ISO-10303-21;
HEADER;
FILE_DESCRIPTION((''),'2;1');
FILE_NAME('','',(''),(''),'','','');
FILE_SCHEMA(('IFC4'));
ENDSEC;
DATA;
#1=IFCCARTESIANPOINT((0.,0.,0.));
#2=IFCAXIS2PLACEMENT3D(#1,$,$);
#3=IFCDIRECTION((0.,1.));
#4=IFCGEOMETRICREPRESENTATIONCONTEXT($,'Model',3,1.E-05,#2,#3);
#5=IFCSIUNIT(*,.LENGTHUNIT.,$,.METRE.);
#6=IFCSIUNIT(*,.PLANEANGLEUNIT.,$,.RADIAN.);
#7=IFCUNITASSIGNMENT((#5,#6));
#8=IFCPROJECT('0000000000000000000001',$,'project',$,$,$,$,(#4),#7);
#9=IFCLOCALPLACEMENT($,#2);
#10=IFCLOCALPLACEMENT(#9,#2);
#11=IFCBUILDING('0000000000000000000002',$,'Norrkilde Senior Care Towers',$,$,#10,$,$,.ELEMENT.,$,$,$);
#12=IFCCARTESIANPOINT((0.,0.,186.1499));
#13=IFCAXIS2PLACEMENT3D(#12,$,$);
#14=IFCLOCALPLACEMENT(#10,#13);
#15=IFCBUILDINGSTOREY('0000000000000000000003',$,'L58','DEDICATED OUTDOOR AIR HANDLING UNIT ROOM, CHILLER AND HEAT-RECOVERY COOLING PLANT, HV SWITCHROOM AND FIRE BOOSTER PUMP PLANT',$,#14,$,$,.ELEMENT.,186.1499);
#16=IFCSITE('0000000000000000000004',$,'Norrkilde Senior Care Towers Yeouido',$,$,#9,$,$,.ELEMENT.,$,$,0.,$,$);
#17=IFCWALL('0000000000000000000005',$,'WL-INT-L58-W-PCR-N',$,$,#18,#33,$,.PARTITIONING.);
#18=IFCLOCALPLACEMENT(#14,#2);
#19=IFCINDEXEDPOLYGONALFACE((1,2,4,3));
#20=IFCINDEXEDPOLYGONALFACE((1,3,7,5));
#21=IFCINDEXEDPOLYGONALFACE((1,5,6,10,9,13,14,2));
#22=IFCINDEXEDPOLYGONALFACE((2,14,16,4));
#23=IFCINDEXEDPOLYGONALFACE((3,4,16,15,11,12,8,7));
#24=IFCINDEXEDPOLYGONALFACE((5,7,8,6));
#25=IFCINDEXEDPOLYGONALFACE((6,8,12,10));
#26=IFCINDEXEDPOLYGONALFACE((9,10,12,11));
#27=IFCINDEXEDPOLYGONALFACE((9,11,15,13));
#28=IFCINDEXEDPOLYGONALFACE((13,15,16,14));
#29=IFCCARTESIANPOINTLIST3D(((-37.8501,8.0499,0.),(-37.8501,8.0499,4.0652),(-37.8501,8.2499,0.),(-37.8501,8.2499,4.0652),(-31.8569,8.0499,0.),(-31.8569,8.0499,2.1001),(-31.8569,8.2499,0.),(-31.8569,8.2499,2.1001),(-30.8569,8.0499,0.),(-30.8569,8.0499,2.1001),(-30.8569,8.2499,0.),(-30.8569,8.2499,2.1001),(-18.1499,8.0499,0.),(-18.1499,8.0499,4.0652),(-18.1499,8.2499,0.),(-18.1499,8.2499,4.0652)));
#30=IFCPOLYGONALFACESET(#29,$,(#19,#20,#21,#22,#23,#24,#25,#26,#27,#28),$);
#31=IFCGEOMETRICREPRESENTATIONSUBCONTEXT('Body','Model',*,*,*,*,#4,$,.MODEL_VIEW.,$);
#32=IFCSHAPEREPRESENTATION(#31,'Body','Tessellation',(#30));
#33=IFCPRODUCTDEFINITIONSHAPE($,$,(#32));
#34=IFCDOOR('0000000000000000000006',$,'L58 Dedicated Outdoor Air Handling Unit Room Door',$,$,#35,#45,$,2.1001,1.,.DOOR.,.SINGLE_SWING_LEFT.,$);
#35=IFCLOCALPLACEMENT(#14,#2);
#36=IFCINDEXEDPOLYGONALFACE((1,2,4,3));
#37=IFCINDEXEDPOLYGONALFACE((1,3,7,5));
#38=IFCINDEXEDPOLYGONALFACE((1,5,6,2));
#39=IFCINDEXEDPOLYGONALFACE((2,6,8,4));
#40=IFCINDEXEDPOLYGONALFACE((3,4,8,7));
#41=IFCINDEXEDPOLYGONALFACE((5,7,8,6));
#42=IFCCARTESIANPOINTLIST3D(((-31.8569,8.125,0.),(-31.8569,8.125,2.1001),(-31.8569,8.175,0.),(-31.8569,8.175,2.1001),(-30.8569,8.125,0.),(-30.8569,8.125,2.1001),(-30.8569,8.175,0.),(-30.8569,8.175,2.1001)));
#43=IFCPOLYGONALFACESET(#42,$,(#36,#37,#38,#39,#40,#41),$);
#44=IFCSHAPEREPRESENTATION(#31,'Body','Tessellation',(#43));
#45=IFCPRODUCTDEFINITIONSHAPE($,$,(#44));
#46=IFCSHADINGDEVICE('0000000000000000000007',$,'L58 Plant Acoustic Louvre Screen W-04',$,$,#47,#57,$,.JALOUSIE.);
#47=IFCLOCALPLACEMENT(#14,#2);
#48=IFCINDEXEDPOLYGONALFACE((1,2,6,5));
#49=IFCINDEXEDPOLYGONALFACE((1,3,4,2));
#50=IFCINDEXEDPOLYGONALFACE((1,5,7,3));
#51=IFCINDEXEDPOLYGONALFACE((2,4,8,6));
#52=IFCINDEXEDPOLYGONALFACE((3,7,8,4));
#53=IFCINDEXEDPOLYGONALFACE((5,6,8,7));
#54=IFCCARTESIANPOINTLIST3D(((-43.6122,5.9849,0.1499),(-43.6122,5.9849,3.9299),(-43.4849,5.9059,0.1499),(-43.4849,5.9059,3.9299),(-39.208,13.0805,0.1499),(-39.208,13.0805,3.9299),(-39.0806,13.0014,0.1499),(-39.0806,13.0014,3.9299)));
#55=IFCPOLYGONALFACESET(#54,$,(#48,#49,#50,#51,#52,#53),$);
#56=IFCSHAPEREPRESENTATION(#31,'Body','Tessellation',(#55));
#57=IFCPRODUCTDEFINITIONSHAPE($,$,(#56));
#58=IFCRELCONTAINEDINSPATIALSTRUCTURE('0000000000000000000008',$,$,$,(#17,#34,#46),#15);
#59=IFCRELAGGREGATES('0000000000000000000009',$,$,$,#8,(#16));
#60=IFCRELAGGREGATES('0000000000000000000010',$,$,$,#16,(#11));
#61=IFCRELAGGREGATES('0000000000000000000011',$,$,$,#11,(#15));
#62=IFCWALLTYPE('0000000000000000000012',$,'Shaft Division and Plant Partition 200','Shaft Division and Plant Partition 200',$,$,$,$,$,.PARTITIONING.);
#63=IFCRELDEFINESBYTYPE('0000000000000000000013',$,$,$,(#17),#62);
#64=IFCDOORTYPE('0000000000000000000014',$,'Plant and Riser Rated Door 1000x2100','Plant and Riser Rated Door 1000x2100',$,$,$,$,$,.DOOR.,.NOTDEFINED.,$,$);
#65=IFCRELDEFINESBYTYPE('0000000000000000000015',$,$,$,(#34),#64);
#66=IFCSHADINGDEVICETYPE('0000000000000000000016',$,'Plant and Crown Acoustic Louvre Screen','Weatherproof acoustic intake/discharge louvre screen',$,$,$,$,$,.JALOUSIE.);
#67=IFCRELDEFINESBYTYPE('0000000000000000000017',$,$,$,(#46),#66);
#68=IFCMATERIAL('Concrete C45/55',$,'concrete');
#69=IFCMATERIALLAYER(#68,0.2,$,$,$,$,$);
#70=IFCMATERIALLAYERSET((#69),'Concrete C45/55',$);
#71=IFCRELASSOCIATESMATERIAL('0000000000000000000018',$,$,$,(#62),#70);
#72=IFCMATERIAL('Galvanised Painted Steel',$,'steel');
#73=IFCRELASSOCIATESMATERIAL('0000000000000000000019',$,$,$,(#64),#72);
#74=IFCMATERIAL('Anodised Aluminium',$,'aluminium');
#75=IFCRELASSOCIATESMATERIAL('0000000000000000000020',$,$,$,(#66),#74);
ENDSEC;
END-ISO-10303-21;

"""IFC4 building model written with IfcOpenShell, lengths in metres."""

from ifc_helpers import new_model, si_unit, direction, frame, frame_2d, origin, origin_2d, place, context, subcontext, project, spatial, rectangle, extrude, source, transform, mapped, material, layer, layer_set, type_object, type_shapes, element, fill, save


model = new_model("IFC4")

# Units and contexts
model_context = context("Model", 3, precision=1e-05, world=origin(), true_north=direction((0.0, 1.0)))
body_context = subcontext(model_context, "Body", "Model", "MODEL_VIEW")
ifc_project = project(units=[si_unit("LENGTHUNIT", "METRE"), si_unit("PLANEANGLEUNIT", "RADIAN")], contexts=[model_context])

# Site, building, storey
site_placement = place(None, origin())
site = spatial("IfcSite", under=ifc_project, at=site_placement, Name="Norrkilde Senior Care Towers Yeouido", CompositionType="ELEMENT", RefElevation=0.0)
building_placement = place(site_placement, origin())
building = spatial("IfcBuilding", under=site, at=building_placement, Name="Norrkilde Senior Care Towers", CompositionType="ELEMENT")
storey_placement = place(building_placement, frame((0.0, 0.0, 186.1499)))
storey = spatial("IfcBuildingStorey", under=building, at=storey_placement, Name="L58", Description="DEDICATED OUTDOOR AIR HANDLING UNIT ROOM, CHILLER AND HEAT-RECOVERY COOLING PLANT, HV SWITCHROOM AND FIRE BOOSTER PUMP PLANT", CompositionType="ELEMENT", Elevation=186.1499)

# Shared definitions
ifc_material_1 = material(Name="Anodised Aluminium", Category="aluminium")

# Wall, opening, door
ifc_material_2 = material(Name="Concrete C45/55", Category="concrete")
ifc_layer_1 = layer(ifc_material_2, 0.2)
ifc_layer_set_1 = layer_set([ifc_layer_1], Name="Concrete C45/55")
wall_type = type_object("IfcWallType", Name="Shaft Division and Plant Partition 200", Description="Shaft Division and Plant Partition 200", PredefinedType="PARTITIONING", material=ifc_layer_set_1)
shared_shape_1 = source(origin(), body_context, "Body", "SweptSolid", [
    extrude(rectangle(XDim=19.7002, YDim=0.2, at=frame_2d((9.8501, 0.0))), origin(), (0.0, 0.0, 1.0), 4.0652),
])
type_shapes(wall_type, [shared_shape_1])
wall_placement = place(storey_placement, frame((-37.8501, 8.1499, 0.0), z_axis=(0.0, 0.0, 1.0), x_axis=(1.0, 0.0, 0.0)))
wall = element("IfcWall", 1, at=wall_placement, inside=storey, type_object=wall_type, Name="WL-INT-L58-W-PCR-N", PredefinedType="PARTITIONING", context=body_context, shape_type="MappedRepresentation", body=[
    mapped(shared_shape_1, transform((0.0, 0.0, 0.0), x_axis=(1.0, 0.0, 0.0), y_axis=(0.0, 1.0, 0.0), z_axis=(0.0, 0.0, 1.0), scale=1.0)),
])
opening_placement = place(wall_placement, frame((5.9932, 0.0, 0.0)))
opening = element("IfcOpeningElement", 2, at=opening_placement, cuts=wall, PredefinedType="OPENING", context=body_context, shape_type="SweptSolid", body=[
    extrude(rectangle(XDim=1.0, YDim=2.1001, at=frame_2d((0.5, 1.05))), frame((0.0, 0.1099, 0.0), z_axis=(0.0, -1.0, 0.0), x_axis=(1.0, 0.0, 0.0)), (0.0, 0.0, 1.0), 0.22),
])
ifc_material_3 = material(Name="Galvanised Painted Steel", Category="steel")
door_type = type_object("IfcDoorType", Name="Plant and Riser Rated Door 1000x2100", Description="Plant and Riser Rated Door 1000x2100", OperationType="NOTDEFINED", PredefinedType="DOOR", material=ifc_material_3)
shared_shape_2 = source(origin(), body_context, "Body", "SweptSolid", [
    extrude(rectangle(XDim=1.0, YDim=2.1001, at=frame_2d((0.5, 1.05))), frame((0.0, 0.0249, 0.0), z_axis=(0.0, -1.0, 0.0), x_axis=(1.0, 0.0, 0.0)), (0.0, 0.0, 1.0), 0.05),
])
type_shapes(door_type, [shared_shape_2])
door_placement = place(opening_placement, frame((1.0, 0.0, 0.0), z_axis=(0.0, 0.0, 1.0), x_axis=(-1.0, 0.0, 0.0)))
door = element("IfcDoor", 3, at=door_placement, inside=storey, type_object=door_type, Name="L58 Dedicated Outdoor Air Handling Unit Room Door", OperationType="SINGLE_SWING_LEFT", OverallHeight=2.1001, OverallWidth=1.0, PredefinedType="DOOR", context=body_context, shape_type="MappedRepresentation", body=[
    mapped(shared_shape_2, transform((0.0, 0.0, 0.0), x_axis=(1.0, 0.0, 0.0), y_axis=(0.0, 1.0, 0.0), z_axis=(0.0, 0.0, 1.0), scale=1.0)),
])
fill(opening, door)

# Shading device
shading_device_type = type_object("IfcShadingDeviceType", Name="Plant and Crown Acoustic Louvre Screen", Description="Weatherproof acoustic intake/discharge louvre screen", PredefinedType="JALOUSIE", material=ifc_material_1)
shared_shape_3 = source(origin(), body_context, "Body", "SweptSolid", [
    extrude(rectangle(XDim=8.3513, YDim=0.1499, at=origin_2d()), origin(), (0.0, 0.0, 1.0), 3.78),
])
type_shapes(shading_device_type, [shared_shape_3])
shading_device_placement = place(storey_placement, frame((-41.3464, 9.4932, 0.1499), z_axis=(0.0, 0.0, 1.0), x_axis=(0.527373, 0.849634, 0.0)))
element("IfcShadingDevice", 4, at=shading_device_placement, inside=storey, type_object=shading_device_type, Name="L58 Plant Acoustic Louvre Screen W-04", PredefinedType="JALOUSIE", context=body_context, shape_type="MappedRepresentation", body=[
    mapped(shared_shape_3, transform((0.0, 0.0, 0.0), x_axis=(1.0, 0.0, 0.0), y_axis=(0.0, 1.0, 0.0), z_axis=(0.0, 0.0, 1.0), scale=1.0)),
])

save(model, "model.ifc")
